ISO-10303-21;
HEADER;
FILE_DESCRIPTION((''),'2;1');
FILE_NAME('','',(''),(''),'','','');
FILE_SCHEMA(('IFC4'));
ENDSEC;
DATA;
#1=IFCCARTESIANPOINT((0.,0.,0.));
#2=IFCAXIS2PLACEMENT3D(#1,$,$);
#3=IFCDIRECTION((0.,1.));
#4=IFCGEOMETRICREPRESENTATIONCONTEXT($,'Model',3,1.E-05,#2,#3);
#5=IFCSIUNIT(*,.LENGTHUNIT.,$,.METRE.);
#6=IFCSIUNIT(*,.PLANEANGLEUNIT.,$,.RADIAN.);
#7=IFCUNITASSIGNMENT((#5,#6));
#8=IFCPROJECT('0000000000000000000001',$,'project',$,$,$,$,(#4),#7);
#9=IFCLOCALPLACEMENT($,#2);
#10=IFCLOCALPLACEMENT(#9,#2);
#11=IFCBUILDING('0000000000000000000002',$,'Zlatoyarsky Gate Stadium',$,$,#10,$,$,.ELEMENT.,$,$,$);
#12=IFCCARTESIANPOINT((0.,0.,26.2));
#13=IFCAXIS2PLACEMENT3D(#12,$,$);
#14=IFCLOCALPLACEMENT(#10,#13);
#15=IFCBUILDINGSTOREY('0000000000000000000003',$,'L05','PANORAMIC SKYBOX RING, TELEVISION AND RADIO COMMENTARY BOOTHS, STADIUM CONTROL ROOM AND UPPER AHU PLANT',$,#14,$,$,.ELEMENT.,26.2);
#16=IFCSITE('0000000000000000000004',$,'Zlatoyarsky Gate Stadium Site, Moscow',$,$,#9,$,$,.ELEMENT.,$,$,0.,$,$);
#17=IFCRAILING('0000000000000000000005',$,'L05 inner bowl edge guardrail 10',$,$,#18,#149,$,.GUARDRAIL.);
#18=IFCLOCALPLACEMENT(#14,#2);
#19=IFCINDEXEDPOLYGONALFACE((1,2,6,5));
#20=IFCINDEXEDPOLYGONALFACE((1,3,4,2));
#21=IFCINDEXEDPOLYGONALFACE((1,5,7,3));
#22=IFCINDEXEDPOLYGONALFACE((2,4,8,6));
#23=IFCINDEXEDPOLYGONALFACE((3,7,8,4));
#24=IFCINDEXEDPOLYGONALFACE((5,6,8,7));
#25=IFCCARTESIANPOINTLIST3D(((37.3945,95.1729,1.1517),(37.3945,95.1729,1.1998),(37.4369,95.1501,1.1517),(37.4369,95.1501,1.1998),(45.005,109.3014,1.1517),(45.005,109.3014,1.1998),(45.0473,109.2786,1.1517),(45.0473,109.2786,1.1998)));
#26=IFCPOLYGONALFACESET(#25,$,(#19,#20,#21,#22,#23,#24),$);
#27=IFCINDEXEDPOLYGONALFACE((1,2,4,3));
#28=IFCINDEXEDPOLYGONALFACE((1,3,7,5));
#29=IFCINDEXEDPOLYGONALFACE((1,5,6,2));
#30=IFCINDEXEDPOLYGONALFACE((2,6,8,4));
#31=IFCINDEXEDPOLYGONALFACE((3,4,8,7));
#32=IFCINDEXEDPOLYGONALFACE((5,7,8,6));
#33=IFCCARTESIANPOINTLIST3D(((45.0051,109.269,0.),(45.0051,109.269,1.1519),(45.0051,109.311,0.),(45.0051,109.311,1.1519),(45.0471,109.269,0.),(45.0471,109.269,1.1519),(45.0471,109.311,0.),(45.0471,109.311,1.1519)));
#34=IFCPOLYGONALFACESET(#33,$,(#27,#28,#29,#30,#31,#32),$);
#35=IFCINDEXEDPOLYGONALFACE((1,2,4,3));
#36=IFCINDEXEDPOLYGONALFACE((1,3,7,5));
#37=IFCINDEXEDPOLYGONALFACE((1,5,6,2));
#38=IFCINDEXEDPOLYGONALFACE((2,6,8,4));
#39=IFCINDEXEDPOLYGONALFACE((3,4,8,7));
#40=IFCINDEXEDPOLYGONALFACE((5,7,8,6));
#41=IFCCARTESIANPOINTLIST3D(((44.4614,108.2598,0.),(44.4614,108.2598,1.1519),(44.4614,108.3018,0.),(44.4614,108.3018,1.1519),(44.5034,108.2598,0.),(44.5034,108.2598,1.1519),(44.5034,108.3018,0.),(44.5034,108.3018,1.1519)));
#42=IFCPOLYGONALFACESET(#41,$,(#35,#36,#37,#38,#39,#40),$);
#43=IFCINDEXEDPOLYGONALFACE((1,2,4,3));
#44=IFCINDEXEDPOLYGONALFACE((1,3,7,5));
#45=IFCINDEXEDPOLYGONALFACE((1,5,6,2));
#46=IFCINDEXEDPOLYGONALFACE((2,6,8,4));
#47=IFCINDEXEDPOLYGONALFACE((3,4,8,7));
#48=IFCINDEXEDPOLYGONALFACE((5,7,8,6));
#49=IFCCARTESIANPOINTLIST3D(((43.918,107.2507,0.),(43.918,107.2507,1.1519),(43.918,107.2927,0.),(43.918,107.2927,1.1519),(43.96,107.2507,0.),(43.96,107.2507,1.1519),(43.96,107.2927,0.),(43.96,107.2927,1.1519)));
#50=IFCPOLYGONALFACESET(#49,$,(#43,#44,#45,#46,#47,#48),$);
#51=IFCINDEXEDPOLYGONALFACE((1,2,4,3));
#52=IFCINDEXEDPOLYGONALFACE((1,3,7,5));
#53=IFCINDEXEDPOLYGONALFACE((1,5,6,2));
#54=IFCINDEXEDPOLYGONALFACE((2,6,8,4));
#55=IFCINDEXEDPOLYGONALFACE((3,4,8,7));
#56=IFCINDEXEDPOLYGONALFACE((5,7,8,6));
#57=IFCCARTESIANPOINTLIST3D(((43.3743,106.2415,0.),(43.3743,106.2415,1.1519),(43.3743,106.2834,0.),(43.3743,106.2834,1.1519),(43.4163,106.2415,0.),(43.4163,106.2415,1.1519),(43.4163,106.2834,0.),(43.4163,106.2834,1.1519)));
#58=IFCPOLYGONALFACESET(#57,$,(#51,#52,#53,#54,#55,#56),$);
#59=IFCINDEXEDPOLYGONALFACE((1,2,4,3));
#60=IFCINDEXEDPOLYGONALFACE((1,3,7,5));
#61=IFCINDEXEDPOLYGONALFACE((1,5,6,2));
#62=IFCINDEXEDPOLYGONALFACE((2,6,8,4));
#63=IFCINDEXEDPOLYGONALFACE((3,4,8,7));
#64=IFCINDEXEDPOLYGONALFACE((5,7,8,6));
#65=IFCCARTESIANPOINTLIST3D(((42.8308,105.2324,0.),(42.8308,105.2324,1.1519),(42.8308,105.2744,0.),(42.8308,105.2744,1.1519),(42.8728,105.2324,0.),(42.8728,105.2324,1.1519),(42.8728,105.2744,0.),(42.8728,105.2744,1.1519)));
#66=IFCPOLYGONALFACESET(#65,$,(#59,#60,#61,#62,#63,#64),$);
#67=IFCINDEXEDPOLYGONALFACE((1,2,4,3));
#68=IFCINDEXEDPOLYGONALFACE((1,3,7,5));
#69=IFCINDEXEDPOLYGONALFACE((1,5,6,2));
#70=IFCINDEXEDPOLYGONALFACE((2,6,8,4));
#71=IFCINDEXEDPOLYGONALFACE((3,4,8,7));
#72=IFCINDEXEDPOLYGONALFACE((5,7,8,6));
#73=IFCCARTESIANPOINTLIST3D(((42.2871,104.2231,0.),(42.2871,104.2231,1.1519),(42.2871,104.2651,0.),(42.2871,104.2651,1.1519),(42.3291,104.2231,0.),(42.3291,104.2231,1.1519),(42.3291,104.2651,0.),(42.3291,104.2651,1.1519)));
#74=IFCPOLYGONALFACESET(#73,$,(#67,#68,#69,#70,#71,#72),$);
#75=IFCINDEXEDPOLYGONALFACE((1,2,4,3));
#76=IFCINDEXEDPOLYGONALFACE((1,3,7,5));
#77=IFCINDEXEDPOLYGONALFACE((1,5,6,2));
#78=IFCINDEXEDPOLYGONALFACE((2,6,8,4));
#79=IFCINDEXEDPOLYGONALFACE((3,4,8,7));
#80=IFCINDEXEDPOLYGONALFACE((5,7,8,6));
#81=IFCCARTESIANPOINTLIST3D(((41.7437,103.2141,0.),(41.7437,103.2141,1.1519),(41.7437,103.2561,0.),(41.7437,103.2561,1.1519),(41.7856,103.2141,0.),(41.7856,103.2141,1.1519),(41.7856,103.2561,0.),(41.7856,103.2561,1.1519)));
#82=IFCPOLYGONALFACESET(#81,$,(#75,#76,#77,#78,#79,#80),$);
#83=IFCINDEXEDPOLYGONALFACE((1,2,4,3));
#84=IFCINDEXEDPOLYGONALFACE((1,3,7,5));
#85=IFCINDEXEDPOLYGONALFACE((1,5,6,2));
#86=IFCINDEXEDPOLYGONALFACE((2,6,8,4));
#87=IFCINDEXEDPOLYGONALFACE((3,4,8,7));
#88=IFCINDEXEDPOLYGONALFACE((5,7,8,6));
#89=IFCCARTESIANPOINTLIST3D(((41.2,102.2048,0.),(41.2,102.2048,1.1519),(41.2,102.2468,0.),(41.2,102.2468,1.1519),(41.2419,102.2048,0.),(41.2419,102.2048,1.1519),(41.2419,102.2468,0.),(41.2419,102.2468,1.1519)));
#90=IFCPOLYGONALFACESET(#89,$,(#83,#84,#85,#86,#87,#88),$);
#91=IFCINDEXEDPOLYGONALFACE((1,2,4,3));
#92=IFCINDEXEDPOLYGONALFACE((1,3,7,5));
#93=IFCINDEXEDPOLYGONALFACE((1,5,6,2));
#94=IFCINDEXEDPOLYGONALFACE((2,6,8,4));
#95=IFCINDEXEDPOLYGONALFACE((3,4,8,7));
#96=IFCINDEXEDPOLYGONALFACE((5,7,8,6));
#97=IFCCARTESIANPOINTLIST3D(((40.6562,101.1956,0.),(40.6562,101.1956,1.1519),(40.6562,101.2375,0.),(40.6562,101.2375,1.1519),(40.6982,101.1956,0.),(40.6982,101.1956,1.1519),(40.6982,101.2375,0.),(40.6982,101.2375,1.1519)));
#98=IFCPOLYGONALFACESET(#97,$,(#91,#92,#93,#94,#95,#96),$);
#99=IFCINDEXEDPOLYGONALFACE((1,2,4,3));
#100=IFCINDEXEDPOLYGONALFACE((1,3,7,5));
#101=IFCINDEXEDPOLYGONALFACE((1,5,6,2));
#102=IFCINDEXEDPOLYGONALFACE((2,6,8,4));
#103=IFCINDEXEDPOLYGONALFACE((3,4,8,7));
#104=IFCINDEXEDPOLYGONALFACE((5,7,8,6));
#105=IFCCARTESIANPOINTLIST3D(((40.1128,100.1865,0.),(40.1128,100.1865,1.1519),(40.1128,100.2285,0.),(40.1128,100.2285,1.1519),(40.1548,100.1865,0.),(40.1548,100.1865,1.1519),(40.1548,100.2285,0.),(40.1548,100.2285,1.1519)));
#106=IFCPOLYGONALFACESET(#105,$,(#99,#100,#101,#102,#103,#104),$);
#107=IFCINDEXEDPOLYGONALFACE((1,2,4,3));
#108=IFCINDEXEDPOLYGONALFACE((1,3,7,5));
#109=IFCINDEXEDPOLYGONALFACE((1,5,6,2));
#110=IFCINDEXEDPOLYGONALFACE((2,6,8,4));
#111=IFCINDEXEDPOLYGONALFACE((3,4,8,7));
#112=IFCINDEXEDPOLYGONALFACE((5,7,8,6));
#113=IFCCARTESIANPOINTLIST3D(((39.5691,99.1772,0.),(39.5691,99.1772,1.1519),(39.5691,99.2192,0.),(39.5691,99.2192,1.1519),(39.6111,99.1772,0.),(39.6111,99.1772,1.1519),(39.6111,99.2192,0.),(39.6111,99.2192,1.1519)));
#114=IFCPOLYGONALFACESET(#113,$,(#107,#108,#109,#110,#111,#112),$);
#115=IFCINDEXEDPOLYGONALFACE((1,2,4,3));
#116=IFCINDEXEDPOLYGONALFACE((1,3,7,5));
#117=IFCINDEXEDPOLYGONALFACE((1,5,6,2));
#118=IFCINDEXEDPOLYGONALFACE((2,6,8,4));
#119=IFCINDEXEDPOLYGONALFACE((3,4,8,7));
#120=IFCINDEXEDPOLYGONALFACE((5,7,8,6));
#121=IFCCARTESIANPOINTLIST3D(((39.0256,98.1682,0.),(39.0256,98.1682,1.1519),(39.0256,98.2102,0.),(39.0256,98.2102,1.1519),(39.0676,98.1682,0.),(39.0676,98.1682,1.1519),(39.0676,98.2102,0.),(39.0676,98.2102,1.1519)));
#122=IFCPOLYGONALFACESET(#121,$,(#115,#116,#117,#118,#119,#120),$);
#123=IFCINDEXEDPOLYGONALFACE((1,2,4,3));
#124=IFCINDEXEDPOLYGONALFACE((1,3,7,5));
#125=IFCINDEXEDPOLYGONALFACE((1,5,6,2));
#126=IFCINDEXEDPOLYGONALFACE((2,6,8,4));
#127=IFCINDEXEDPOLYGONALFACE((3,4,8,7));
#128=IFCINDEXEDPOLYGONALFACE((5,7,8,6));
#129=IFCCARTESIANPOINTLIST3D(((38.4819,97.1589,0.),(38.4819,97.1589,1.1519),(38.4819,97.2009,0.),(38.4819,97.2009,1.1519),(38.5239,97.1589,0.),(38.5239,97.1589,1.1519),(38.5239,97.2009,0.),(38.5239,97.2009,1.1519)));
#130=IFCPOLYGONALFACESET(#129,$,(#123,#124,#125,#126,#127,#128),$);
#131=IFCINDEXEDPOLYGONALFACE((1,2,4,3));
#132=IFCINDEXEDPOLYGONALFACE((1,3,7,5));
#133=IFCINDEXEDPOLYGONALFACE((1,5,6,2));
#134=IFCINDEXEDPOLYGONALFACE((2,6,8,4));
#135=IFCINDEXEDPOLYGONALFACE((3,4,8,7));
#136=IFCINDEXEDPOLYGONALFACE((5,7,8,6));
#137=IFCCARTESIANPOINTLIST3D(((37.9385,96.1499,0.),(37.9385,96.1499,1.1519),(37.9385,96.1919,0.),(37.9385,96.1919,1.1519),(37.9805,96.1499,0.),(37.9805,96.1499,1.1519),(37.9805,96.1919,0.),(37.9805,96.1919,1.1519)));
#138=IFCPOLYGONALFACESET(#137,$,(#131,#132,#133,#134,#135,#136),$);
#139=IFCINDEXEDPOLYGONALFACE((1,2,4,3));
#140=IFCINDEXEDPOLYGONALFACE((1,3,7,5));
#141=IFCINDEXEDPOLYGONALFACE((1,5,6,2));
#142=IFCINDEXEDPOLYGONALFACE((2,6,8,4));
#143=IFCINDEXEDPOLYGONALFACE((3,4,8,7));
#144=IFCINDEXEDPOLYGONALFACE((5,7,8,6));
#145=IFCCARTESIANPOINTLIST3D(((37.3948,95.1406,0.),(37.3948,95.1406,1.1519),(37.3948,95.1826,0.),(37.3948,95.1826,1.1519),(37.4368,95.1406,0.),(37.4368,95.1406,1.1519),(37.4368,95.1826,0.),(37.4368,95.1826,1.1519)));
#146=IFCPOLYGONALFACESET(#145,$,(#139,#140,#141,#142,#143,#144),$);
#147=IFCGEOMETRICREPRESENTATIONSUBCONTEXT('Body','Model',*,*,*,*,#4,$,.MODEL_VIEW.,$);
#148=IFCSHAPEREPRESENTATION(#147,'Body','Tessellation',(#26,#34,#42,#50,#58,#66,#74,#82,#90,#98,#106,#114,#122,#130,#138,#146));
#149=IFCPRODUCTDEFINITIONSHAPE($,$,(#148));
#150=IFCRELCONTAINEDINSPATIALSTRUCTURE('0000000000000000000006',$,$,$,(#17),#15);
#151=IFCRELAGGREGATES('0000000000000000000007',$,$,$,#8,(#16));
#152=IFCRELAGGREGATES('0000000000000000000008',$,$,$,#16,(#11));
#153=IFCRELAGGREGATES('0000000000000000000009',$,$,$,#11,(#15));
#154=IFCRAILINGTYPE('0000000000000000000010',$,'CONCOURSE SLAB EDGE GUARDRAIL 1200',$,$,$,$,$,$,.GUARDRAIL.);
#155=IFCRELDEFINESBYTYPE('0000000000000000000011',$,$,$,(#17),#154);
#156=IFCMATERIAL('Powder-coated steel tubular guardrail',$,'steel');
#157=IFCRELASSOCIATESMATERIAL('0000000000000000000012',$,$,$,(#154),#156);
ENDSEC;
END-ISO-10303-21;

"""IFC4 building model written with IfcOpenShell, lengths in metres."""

from ifc_helpers import new_model, si_unit, direction, frame, origin, origin_2d, place, context, subcontext, project, spatial, rectangle, extrude, material, type_object, element, save


model = new_model("IFC4")

# Units and contexts
model_context = context("Model", 3, precision=1e-05, world=origin(), true_north=direction((0.0, 1.0)))
body_context = subcontext(model_context, "Body", "Model", "MODEL_VIEW")
ifc_project = project(units=[si_unit("LENGTHUNIT", "METRE"), si_unit("PLANEANGLEUNIT", "RADIAN")], contexts=[model_context])

# Site, building, storey
site_placement = place(None, origin())
site = spatial("IfcSite", under=ifc_project, at=site_placement, Name="Zlatoyarsky Gate Stadium Site, Moscow", CompositionType="ELEMENT", RefElevation=0.0)
building_placement = place(site_placement, origin())
building = spatial("IfcBuilding", under=site, at=building_placement, Name="Zlatoyarsky Gate Stadium", CompositionType="ELEMENT")
storey_placement = place(building_placement, frame((0.0, 0.0, 26.2)))
storey = spatial("IfcBuildingStorey", under=building, at=storey_placement, Name="L05", Description="PANORAMIC SKYBOX RING, TELEVISION AND RADIO COMMENTARY BOOTHS, STADIUM CONTROL ROOM AND UPPER AHU PLANT", CompositionType="ELEMENT", Elevation=26.2)

# Railing
ifc_material_1 = material(Name="Powder-coated steel tubular guardrail", Category="steel")
railing_type = type_object("IfcRailingType", Name="CONCOURSE SLAB EDGE GUARDRAIL 1200", PredefinedType="GUARDRAIL", material=ifc_material_1)
railing_1_placement = place(storey_placement, frame((45.0261, 109.29, 0.0)))
element("IfcRailing", 1, at=railing_1_placement, inside=storey, type_object=railing_type, Name="L05 inner bowl edge guardrail 10", PredefinedType="GUARDRAIL", context=body_context, shape_type="SweptSolid", body=[
    extrude(rectangle(XDim=0.0481, YDim=0.0481, at=origin_2d()), frame((0.0, 0.0, 1.1758), z_axis=(-0.474232, -0.8804, 0.0), x_axis=(0.8804, -0.474232, 0.0)), (0.0, 0.0, 1.0), 16.0479),
    extrude(rectangle(XDim=0.042, YDim=0.042, at=origin_2d()), origin(), (0.0, 0.0, 1.0), 1.1519),
    extrude(rectangle(XDim=0.042, YDim=0.042, at=origin_2d()), frame((-0.5437, -1.0093, 0.0)), (0.0, 0.0, 1.0), 1.1519),
    extrude(rectangle(XDim=0.042, YDim=0.042, at=origin_2d()), frame((-1.0872, -2.0183, 0.0)), (0.0, 0.0, 1.0), 1.1519),
    extrude(rectangle(XDim=0.042, YDim=0.042, at=origin_2d()), frame((-1.6309, -3.0276, 0.0)), (0.0, 0.0, 1.0), 1.1519),
    extrude(rectangle(XDim=0.042, YDim=0.042, at=origin_2d()), frame((-2.1743, -4.0366, 0.0)), (0.0, 0.0, 1.0), 1.1519),
    extrude(rectangle(XDim=0.042, YDim=0.042, at=origin_2d()), frame((-2.718, -5.0459, 0.0)), (0.0, 0.0, 1.0), 1.1519),
    extrude(rectangle(XDim=0.042, YDim=0.042, at=origin_2d()), frame((-3.2615, -6.0549, 0.0)), (0.0, 0.0, 1.0), 1.1519),
    extrude(rectangle(XDim=0.042, YDim=0.042, at=origin_2d()), frame((-3.8052, -7.0642, 0.0)), (0.0, 0.0, 1.0), 1.1519),
    extrude(rectangle(XDim=0.042, YDim=0.042, at=origin_2d()), frame((-4.3489, -8.0735, 0.0)), (0.0, 0.0, 1.0), 1.1519),
    extrude(rectangle(XDim=0.042, YDim=0.042, at=origin_2d()), frame((-4.8923, -9.0825, 0.0)), (0.0, 0.0, 1.0), 1.1519),
    extrude(rectangle(XDim=0.042, YDim=0.042, at=origin_2d()), frame((-5.436, -10.0918, 0.0)), (0.0, 0.0, 1.0), 1.1519),
    extrude(rectangle(XDim=0.042, YDim=0.042, at=origin_2d()), frame((-5.9795, -11.1008, 0.0)), (0.0, 0.0, 1.0), 1.1519),
    extrude(rectangle(XDim=0.042, YDim=0.042, at=origin_2d()), frame((-6.5232, -12.1101, 0.0)), (0.0, 0.0, 1.0), 1.1519),
    extrude(rectangle(XDim=0.042, YDim=0.042, at=origin_2d()), frame((-7.0667, -13.1191, 0.0)), (0.0, 0.0, 1.0), 1.1519),
    extrude(rectangle(XDim=0.042, YDim=0.042, at=origin_2d()), frame((-7.6104, -14.1284, 0.0)), (0.0, 0.0, 1.0), 1.1519),
])

save(model, "model.ifc")
